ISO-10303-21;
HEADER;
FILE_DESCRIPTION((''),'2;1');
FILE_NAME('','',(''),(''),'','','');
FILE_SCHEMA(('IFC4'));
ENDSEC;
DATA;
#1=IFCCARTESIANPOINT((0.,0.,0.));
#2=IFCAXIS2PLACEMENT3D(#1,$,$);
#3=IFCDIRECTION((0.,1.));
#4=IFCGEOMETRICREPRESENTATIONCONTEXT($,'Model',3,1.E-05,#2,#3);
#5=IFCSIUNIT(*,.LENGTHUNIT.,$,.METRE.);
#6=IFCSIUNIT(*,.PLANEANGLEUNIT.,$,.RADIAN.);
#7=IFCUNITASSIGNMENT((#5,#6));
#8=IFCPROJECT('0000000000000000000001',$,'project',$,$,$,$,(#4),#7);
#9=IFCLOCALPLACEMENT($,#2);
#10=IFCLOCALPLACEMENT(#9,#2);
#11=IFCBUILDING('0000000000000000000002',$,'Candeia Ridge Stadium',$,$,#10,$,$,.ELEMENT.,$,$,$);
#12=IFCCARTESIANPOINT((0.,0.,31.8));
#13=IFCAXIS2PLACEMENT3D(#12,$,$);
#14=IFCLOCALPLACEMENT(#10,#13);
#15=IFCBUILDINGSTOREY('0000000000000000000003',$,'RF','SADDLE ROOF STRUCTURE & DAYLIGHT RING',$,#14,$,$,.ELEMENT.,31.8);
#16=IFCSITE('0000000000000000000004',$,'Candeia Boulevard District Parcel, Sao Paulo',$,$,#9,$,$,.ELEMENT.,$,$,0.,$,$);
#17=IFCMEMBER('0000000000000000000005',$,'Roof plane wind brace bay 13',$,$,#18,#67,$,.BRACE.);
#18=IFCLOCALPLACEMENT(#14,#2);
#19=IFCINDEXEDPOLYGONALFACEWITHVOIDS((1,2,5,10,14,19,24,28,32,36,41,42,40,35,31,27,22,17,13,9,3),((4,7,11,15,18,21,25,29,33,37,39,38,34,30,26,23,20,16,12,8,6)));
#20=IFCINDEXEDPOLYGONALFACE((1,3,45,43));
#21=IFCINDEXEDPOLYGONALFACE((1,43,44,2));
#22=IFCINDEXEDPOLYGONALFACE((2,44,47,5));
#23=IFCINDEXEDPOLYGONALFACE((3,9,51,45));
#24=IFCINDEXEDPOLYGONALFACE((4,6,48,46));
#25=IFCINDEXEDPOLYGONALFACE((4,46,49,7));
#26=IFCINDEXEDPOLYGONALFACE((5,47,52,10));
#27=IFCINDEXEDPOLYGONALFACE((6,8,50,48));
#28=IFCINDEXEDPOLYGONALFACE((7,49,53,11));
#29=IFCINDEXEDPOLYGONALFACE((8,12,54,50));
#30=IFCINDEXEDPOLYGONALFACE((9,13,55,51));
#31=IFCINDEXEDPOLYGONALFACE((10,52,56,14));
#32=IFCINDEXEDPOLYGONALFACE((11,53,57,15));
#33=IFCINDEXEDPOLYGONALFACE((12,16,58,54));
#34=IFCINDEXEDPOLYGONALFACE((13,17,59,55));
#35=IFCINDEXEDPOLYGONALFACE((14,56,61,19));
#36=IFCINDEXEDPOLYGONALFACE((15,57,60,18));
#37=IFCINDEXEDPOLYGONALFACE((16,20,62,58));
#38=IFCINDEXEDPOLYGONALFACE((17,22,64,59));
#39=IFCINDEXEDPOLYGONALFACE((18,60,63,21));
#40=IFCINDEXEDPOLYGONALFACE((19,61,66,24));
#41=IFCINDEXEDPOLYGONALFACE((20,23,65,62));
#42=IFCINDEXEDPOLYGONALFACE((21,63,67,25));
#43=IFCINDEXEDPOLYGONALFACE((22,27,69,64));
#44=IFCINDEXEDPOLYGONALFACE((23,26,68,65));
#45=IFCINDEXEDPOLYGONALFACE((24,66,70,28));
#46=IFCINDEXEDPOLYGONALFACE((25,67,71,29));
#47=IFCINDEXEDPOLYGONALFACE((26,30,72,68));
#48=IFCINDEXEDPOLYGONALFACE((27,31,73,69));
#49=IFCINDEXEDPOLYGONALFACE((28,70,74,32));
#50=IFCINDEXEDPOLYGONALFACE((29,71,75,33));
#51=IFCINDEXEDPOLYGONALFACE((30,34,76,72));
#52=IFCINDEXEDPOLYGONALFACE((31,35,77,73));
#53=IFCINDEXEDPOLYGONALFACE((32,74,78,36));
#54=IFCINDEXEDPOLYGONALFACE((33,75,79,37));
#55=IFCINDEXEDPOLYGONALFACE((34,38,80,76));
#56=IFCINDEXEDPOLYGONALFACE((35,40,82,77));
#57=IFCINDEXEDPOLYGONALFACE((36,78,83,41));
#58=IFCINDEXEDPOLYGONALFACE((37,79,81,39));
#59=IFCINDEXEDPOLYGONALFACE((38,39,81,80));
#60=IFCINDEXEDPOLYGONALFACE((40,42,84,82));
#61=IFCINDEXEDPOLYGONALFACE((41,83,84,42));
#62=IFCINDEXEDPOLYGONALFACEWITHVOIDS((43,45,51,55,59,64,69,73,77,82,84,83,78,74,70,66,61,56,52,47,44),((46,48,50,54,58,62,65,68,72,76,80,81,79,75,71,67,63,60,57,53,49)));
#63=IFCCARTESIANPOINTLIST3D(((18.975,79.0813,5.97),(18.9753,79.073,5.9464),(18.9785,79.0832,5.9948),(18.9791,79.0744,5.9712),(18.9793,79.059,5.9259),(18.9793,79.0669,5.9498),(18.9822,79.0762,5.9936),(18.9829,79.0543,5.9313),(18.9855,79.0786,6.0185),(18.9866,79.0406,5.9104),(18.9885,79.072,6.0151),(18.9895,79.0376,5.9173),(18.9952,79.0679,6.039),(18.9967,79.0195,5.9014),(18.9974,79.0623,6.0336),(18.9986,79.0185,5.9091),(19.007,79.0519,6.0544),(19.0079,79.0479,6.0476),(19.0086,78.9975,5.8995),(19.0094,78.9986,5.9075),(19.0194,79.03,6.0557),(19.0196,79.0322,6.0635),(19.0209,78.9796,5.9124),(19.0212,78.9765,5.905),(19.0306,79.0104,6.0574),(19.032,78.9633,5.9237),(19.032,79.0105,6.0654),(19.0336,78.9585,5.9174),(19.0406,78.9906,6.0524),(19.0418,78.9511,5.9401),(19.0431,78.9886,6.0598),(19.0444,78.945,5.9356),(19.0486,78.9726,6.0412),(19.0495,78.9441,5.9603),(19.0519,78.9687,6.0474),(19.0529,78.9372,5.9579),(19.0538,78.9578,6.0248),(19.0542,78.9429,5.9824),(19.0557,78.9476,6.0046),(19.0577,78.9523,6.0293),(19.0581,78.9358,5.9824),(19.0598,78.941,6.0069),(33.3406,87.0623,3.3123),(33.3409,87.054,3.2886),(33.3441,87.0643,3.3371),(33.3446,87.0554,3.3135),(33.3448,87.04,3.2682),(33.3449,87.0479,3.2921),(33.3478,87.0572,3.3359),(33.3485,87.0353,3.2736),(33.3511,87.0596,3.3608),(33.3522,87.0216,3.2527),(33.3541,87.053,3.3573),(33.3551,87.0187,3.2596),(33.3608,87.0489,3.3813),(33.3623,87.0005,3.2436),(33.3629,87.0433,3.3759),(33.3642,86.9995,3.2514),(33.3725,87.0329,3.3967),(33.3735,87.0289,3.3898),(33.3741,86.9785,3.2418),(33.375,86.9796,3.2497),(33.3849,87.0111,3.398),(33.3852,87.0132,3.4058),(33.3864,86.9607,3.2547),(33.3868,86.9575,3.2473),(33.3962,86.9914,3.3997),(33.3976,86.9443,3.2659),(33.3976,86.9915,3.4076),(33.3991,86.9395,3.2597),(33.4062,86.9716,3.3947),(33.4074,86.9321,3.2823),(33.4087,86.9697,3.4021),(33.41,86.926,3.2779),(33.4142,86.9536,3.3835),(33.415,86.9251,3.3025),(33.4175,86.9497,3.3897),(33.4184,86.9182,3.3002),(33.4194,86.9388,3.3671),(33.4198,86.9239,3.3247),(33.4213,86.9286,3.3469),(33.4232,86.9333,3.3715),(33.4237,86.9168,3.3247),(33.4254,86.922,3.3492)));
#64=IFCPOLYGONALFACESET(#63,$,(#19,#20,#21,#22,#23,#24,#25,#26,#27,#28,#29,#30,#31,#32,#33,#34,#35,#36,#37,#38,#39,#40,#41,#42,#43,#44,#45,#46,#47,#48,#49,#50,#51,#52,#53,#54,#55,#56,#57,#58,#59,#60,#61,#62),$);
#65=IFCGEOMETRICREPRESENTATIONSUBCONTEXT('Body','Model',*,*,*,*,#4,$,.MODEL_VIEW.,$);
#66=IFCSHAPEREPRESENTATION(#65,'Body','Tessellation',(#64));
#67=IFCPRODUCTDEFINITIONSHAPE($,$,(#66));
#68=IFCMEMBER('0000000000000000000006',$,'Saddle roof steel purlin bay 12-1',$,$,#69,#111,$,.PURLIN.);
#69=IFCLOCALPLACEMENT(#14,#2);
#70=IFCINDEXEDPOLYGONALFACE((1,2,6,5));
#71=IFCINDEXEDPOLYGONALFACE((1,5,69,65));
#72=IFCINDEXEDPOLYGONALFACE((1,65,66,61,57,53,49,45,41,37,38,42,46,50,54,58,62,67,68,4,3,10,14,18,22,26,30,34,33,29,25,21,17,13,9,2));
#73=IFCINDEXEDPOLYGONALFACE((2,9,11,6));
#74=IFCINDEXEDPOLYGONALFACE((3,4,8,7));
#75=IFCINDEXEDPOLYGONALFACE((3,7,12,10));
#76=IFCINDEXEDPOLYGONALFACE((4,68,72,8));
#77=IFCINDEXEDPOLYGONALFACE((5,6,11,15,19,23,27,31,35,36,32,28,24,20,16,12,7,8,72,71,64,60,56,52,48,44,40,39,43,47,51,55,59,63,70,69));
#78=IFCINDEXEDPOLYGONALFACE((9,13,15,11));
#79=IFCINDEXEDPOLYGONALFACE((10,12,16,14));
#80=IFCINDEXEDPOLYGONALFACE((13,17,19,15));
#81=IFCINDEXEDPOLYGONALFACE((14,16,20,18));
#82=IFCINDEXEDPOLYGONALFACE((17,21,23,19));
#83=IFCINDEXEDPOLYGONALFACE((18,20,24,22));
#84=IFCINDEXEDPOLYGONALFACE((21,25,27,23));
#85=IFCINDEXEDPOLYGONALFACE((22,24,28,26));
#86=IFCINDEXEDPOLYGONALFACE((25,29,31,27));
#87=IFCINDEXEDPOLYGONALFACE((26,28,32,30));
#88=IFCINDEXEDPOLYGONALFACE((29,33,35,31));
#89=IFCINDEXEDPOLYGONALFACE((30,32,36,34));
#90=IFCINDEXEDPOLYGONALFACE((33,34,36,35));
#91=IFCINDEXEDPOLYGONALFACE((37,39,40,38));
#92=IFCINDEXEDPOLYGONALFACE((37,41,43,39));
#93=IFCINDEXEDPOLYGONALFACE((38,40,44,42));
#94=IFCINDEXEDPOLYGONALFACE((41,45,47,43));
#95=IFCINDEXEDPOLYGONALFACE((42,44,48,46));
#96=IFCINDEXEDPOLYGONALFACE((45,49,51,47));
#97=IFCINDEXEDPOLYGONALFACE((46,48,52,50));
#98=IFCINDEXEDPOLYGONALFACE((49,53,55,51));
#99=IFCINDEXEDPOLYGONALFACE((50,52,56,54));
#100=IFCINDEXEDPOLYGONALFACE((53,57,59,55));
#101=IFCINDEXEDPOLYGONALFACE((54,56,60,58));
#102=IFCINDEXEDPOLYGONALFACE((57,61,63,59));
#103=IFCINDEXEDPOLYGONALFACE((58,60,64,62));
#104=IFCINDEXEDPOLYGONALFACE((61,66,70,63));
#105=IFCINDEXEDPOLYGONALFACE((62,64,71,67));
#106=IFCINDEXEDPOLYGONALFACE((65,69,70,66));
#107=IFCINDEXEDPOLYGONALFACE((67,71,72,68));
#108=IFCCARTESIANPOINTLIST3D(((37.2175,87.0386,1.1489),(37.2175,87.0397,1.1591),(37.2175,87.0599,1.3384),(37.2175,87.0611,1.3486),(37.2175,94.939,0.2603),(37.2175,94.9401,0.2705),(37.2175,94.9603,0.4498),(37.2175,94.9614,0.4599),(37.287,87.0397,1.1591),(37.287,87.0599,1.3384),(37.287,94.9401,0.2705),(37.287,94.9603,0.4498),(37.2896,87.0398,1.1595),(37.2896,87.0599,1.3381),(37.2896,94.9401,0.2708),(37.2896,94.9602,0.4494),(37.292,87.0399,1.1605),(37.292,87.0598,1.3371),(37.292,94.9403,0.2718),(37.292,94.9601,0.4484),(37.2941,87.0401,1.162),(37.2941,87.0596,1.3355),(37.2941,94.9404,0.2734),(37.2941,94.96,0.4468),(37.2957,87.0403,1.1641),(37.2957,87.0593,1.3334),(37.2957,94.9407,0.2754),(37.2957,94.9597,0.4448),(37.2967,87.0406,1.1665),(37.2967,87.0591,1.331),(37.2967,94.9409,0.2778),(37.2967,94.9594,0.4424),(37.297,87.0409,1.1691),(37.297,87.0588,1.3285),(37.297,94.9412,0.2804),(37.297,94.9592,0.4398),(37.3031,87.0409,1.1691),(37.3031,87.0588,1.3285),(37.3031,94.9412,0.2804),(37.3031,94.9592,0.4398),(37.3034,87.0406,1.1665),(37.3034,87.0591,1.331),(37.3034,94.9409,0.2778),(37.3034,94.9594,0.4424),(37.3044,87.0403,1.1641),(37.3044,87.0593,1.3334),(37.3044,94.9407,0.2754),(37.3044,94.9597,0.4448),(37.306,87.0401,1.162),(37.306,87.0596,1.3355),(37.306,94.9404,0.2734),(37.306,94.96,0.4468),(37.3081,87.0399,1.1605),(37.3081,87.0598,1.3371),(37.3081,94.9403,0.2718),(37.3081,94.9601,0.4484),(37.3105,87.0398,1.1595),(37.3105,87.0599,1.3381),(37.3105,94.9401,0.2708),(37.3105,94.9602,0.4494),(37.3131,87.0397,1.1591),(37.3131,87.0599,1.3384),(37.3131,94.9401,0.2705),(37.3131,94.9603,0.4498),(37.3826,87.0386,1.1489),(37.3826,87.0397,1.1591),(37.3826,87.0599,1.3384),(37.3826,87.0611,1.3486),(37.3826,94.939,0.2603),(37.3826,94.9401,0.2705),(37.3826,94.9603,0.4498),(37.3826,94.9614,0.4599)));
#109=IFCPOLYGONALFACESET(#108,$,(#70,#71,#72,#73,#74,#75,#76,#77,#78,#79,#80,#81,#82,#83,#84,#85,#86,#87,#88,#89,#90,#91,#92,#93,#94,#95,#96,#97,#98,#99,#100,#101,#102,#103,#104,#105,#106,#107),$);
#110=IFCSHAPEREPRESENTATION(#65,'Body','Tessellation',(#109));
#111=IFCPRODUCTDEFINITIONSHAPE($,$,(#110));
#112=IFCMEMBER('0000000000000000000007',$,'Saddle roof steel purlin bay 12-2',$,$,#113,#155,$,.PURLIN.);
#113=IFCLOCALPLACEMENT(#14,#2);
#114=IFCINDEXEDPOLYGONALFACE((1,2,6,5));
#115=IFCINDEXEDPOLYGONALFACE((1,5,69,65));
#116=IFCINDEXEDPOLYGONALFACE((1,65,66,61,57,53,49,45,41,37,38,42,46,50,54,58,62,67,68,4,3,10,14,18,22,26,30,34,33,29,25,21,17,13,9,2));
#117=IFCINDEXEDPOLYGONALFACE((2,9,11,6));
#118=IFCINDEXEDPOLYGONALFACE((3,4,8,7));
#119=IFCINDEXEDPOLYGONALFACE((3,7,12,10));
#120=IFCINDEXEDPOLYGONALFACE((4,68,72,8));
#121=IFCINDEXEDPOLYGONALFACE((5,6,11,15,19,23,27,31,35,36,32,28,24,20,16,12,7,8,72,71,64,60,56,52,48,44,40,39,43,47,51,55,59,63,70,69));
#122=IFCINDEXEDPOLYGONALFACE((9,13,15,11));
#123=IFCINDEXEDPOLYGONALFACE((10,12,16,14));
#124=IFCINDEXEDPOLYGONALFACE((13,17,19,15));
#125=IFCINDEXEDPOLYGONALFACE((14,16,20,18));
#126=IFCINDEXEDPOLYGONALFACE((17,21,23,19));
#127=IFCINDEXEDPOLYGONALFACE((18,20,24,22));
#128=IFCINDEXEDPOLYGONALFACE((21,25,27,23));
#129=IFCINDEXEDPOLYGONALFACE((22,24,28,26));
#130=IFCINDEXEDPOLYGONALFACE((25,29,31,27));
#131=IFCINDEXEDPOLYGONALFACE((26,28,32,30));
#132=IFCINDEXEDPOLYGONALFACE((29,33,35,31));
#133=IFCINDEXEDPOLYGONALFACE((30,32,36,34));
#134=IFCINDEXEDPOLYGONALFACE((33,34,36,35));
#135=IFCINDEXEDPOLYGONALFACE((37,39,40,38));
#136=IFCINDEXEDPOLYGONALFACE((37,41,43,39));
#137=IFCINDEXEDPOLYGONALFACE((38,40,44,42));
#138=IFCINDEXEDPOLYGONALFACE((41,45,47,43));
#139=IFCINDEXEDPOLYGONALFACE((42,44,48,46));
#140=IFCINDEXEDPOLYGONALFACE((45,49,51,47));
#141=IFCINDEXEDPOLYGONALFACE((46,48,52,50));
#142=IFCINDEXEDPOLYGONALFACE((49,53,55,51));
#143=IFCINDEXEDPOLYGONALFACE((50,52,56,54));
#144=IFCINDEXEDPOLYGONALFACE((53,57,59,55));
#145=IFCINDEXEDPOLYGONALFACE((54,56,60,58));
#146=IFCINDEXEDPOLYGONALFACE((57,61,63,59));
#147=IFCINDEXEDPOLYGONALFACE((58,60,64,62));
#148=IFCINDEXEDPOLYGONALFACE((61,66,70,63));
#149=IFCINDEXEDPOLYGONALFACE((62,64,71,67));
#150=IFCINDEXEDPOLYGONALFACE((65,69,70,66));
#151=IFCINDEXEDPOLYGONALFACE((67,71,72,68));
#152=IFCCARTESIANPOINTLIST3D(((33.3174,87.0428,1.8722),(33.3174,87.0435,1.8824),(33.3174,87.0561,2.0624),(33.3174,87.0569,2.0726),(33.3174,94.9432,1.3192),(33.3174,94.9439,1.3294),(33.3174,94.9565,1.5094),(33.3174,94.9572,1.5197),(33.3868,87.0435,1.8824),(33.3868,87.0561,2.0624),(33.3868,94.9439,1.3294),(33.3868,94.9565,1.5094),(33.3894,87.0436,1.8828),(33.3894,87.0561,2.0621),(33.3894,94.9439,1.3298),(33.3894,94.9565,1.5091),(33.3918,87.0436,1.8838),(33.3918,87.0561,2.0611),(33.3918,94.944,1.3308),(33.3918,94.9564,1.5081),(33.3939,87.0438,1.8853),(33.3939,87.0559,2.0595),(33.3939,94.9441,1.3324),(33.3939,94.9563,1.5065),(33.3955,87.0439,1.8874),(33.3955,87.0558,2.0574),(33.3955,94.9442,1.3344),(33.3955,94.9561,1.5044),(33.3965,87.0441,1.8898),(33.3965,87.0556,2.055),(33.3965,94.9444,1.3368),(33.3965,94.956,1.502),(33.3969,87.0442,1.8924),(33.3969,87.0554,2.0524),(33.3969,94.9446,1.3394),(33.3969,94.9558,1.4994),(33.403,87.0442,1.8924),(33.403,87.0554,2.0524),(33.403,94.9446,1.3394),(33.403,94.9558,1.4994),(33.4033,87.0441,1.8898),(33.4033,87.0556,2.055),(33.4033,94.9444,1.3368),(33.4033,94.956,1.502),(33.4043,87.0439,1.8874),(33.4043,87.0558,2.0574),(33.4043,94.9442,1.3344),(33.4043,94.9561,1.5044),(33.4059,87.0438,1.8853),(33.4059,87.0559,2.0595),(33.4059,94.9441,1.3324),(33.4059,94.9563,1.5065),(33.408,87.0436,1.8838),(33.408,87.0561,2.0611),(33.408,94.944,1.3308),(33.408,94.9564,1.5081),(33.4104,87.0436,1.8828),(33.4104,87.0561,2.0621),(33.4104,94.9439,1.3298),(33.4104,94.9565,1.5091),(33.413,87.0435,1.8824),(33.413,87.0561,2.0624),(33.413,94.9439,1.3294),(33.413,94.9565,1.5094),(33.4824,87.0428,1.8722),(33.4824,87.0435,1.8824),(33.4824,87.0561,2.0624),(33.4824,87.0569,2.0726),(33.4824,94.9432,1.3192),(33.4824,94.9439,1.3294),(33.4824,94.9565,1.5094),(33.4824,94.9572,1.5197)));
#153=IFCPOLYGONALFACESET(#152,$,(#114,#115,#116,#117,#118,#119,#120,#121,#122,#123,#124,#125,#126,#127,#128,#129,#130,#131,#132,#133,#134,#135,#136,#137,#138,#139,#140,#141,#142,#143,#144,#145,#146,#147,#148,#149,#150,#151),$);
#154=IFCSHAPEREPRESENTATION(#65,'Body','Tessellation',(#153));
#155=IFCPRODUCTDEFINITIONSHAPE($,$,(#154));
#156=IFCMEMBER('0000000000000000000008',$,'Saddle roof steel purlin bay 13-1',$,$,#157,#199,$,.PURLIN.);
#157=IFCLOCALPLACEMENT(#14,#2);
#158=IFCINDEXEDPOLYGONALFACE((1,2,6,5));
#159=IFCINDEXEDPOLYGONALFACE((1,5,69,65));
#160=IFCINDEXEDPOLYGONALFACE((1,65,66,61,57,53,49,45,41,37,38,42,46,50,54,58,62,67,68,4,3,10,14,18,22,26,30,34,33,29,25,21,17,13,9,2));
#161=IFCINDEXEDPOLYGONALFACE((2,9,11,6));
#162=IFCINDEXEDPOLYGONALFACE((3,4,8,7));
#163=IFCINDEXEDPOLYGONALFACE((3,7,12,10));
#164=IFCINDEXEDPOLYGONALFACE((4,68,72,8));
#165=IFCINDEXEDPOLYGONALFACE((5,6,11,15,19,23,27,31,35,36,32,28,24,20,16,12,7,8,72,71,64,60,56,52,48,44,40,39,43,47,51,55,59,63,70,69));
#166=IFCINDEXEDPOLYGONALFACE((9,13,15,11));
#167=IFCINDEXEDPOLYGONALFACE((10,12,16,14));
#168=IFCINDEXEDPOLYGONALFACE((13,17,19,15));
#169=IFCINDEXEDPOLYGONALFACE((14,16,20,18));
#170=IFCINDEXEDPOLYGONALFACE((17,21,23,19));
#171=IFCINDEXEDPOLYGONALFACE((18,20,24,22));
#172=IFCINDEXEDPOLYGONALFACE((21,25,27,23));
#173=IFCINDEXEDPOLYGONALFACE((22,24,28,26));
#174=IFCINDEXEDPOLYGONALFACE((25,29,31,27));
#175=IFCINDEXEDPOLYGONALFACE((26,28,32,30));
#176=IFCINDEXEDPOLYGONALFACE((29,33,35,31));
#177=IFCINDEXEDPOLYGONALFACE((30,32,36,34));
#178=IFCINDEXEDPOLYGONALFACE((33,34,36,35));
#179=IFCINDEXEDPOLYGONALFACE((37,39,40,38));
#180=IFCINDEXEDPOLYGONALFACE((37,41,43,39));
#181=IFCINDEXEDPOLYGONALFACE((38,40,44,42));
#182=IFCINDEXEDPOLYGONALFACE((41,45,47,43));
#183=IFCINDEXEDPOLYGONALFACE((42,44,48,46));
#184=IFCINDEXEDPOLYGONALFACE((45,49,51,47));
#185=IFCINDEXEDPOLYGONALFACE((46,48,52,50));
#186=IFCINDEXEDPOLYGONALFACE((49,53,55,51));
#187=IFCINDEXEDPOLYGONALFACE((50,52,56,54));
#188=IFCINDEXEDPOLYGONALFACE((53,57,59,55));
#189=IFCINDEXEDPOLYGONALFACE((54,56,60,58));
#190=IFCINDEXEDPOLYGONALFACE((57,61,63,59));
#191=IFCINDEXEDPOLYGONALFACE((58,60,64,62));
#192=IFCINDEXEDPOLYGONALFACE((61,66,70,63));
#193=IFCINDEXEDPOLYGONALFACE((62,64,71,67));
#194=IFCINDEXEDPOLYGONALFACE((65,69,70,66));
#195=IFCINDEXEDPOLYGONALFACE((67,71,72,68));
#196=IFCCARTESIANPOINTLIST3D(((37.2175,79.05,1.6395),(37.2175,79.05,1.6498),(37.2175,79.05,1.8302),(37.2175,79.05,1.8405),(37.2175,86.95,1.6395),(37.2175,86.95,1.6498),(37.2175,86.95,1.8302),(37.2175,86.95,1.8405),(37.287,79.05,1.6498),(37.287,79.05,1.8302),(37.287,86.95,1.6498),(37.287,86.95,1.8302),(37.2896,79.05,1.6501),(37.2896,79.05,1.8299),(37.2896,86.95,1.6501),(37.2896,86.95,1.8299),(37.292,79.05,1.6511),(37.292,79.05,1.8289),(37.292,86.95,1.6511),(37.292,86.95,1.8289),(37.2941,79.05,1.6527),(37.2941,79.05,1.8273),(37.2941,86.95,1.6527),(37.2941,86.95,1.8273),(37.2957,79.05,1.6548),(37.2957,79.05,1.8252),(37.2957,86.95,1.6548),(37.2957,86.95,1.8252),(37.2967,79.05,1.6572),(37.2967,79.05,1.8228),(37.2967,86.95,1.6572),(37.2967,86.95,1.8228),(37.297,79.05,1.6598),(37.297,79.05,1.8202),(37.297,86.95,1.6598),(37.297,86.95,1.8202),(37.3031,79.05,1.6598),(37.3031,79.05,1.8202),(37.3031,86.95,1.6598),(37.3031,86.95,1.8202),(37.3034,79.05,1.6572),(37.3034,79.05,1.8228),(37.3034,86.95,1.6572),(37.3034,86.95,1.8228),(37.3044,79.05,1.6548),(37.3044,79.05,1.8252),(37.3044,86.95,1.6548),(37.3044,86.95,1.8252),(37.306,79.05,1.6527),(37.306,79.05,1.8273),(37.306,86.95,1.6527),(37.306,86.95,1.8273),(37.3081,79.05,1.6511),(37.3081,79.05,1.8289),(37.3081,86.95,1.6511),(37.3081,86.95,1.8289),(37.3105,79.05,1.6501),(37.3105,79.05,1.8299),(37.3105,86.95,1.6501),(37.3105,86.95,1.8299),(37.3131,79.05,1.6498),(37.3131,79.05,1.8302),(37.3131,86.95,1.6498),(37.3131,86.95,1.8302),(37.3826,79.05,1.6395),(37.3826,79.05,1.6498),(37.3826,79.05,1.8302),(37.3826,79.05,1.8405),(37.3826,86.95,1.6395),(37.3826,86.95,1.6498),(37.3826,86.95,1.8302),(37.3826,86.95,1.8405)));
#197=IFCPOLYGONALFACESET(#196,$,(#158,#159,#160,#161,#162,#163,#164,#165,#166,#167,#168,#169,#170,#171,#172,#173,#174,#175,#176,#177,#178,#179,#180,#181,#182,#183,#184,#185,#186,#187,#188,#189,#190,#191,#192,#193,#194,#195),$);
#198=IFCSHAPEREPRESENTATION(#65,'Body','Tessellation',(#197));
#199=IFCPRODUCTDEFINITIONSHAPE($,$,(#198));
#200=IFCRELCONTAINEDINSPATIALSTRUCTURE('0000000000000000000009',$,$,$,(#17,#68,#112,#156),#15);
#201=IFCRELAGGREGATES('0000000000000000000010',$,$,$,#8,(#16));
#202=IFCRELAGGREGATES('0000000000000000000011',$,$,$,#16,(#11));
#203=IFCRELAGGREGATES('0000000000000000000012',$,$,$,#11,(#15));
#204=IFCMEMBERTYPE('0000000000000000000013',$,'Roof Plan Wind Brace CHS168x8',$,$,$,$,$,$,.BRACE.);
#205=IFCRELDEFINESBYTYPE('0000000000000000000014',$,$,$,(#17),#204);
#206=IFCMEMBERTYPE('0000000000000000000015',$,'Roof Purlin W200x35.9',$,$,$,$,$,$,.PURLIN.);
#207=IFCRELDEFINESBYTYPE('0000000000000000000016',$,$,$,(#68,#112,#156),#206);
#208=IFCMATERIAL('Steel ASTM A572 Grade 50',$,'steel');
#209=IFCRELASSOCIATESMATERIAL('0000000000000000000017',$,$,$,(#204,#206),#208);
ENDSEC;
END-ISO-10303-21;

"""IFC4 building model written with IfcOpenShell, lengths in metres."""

from ifc_helpers import new_model, si_unit, direction, frame, origin, origin_2d, place, context, subcontext, project, spatial, hollow_circle, i_section, extrude, material, material_profile, profile_set, type_object, element, save


model = new_model("IFC4")

# Units and contexts
model_context = context("Model", 3, precision=1e-05, world=origin(), true_north=direction((0.0, 1.0)))
body_context = subcontext(model_context, "Body", "Model", "MODEL_VIEW")
ifc_project = project(units=[si_unit("LENGTHUNIT", "METRE"), si_unit("PLANEANGLEUNIT", "RADIAN")], contexts=[model_context])

# Site, building, storey
site_placement = place(None, origin())
site = spatial("IfcSite", under=ifc_project, at=site_placement, Name="Candeia Boulevard District Parcel, Sao Paulo", CompositionType="ELEMENT", RefElevation=0.0)
building_placement = place(site_placement, origin())
building = spatial("IfcBuilding", under=site, at=building_placement, Name="Candeia Ridge Stadium", CompositionType="ELEMENT")
storey_placement = place(building_placement, frame((0.0, 0.0, 31.8)))
storey = spatial("IfcBuildingStorey", under=building, at=storey_placement, Name="RF", Description="SADDLE ROOF STRUCTURE & DAYLIGHT RING", CompositionType="ELEMENT", Elevation=31.8)

# Shared definitions
ifc_material_1 = material(Name="Steel ASTM A572 Grade 50", Category="steel")

# Members
ifc_material_profile_1 = material_profile(ifc_material_1, hollow_circle(Radius=0.0842, WallThickness=0.0081, at=origin_2d()), Name="CHS168x8", Category="steel")
ifc_profile_set_1 = profile_set([ifc_material_profile_1], Name="Steel ASTM A572 Grade 50")
member_type_1 = type_object("IfcMemberType", Name="Roof Plan Wind Brace CHS168x8", PredefinedType="BRACE", material=ifc_profile_set_1)
member_1_placement = place(storey_placement, frame((33.3828, 86.9905, 3.3247), z_axis=(-0.862942, -0.47942, 0.15965), x_axis=(0.485649, -0.874154, 0.0)))
element("IfcMember", 1, at=member_1_placement, inside=storey, type_object=member_type_1, Name="Roof plane wind brace bay 13", PredefinedType="BRACE", context=body_context, shape_type="SweptSolid", body=[
    extrude(hollow_circle(Radius=0.0842, WallThickness=0.0081, at=origin_2d()), origin(), (0.0, 0.0, 1.0), 16.6472),
])
ifc_material_profile_2 = material_profile(ifc_material_1, i_section(OverallWidth=0.165, OverallDepth=0.2009, WebThickness=0.0061, FlangeThickness=0.0103, FilletRadius=0.01, at=origin_2d()), Name="W200x35.9", Category="steel")
ifc_profile_set_2 = profile_set([ifc_material_profile_2], Name="Steel ASTM A572 Grade 50")
member_type_2 = type_object("IfcMemberType", Name="Roof Purlin W200x35.9", PredefinedType="PURLIN", material=ifc_profile_set_2)
member_2_placement = place(storey_placement, frame((37.3, 94.9502, 0.3601), z_axis=(0.0, -0.993733, 0.11178), x_axis=(1.0, 0.0, 0.0)))
element("IfcMember", 2, at=member_2_placement, inside=storey, type_object=member_type_2, Name="Saddle roof steel purlin bay 12-1", PredefinedType="PURLIN", context=body_context, shape_type="SweptSolid", body=[
    extrude(i_section(OverallWidth=0.165, OverallDepth=0.2009, WebThickness=0.0061, FlangeThickness=0.0103, FilletRadius=0.01, at=origin_2d()), origin(), (0.0, 0.0, 1.0), 7.9502),
])
member_3_placement = place(storey_placement, frame((33.3999, 94.9502, 1.4194), z_axis=(0.0, -0.997559, 0.069823), x_axis=(1.0, 0.0, 0.0)))
element("IfcMember", 3, at=member_3_placement, inside=storey, type_object=member_type_2, Name="Saddle roof steel purlin bay 12-2", PredefinedType="PURLIN", context=body_context, shape_type="SweptSolid", body=[
    extrude(i_section(OverallWidth=0.165, OverallDepth=0.2009, WebThickness=0.0061, FlangeThickness=0.0103, FilletRadius=0.01, at=origin_2d()), origin(), (0.0, 0.0, 1.0), 7.9197),
])
for number, where, z_axis, x_axis, name in (
    (4, (37.3, 86.95, 1.74), (0.0, -1.0, 0.0), (1.0, 0.0, 0.0), "Saddle roof steel purlin bay 13-1"),
):
    element("IfcMember", number, at=place(storey_placement, frame(where, z_axis=z_axis, x_axis=x_axis)), inside=storey, type_object=member_type_2, Name=name, PredefinedType="PURLIN", context=body_context, shape_type="SweptSolid", body=[
        extrude(i_section(OverallWidth=0.165, OverallDepth=0.2009, WebThickness=0.0061, FlangeThickness=0.0103, FilletRadius=0.01, at=origin_2d()), origin(), (0.0, 0.0, 1.0), 7.8999),
    ])

save(model, "model.ifc")
